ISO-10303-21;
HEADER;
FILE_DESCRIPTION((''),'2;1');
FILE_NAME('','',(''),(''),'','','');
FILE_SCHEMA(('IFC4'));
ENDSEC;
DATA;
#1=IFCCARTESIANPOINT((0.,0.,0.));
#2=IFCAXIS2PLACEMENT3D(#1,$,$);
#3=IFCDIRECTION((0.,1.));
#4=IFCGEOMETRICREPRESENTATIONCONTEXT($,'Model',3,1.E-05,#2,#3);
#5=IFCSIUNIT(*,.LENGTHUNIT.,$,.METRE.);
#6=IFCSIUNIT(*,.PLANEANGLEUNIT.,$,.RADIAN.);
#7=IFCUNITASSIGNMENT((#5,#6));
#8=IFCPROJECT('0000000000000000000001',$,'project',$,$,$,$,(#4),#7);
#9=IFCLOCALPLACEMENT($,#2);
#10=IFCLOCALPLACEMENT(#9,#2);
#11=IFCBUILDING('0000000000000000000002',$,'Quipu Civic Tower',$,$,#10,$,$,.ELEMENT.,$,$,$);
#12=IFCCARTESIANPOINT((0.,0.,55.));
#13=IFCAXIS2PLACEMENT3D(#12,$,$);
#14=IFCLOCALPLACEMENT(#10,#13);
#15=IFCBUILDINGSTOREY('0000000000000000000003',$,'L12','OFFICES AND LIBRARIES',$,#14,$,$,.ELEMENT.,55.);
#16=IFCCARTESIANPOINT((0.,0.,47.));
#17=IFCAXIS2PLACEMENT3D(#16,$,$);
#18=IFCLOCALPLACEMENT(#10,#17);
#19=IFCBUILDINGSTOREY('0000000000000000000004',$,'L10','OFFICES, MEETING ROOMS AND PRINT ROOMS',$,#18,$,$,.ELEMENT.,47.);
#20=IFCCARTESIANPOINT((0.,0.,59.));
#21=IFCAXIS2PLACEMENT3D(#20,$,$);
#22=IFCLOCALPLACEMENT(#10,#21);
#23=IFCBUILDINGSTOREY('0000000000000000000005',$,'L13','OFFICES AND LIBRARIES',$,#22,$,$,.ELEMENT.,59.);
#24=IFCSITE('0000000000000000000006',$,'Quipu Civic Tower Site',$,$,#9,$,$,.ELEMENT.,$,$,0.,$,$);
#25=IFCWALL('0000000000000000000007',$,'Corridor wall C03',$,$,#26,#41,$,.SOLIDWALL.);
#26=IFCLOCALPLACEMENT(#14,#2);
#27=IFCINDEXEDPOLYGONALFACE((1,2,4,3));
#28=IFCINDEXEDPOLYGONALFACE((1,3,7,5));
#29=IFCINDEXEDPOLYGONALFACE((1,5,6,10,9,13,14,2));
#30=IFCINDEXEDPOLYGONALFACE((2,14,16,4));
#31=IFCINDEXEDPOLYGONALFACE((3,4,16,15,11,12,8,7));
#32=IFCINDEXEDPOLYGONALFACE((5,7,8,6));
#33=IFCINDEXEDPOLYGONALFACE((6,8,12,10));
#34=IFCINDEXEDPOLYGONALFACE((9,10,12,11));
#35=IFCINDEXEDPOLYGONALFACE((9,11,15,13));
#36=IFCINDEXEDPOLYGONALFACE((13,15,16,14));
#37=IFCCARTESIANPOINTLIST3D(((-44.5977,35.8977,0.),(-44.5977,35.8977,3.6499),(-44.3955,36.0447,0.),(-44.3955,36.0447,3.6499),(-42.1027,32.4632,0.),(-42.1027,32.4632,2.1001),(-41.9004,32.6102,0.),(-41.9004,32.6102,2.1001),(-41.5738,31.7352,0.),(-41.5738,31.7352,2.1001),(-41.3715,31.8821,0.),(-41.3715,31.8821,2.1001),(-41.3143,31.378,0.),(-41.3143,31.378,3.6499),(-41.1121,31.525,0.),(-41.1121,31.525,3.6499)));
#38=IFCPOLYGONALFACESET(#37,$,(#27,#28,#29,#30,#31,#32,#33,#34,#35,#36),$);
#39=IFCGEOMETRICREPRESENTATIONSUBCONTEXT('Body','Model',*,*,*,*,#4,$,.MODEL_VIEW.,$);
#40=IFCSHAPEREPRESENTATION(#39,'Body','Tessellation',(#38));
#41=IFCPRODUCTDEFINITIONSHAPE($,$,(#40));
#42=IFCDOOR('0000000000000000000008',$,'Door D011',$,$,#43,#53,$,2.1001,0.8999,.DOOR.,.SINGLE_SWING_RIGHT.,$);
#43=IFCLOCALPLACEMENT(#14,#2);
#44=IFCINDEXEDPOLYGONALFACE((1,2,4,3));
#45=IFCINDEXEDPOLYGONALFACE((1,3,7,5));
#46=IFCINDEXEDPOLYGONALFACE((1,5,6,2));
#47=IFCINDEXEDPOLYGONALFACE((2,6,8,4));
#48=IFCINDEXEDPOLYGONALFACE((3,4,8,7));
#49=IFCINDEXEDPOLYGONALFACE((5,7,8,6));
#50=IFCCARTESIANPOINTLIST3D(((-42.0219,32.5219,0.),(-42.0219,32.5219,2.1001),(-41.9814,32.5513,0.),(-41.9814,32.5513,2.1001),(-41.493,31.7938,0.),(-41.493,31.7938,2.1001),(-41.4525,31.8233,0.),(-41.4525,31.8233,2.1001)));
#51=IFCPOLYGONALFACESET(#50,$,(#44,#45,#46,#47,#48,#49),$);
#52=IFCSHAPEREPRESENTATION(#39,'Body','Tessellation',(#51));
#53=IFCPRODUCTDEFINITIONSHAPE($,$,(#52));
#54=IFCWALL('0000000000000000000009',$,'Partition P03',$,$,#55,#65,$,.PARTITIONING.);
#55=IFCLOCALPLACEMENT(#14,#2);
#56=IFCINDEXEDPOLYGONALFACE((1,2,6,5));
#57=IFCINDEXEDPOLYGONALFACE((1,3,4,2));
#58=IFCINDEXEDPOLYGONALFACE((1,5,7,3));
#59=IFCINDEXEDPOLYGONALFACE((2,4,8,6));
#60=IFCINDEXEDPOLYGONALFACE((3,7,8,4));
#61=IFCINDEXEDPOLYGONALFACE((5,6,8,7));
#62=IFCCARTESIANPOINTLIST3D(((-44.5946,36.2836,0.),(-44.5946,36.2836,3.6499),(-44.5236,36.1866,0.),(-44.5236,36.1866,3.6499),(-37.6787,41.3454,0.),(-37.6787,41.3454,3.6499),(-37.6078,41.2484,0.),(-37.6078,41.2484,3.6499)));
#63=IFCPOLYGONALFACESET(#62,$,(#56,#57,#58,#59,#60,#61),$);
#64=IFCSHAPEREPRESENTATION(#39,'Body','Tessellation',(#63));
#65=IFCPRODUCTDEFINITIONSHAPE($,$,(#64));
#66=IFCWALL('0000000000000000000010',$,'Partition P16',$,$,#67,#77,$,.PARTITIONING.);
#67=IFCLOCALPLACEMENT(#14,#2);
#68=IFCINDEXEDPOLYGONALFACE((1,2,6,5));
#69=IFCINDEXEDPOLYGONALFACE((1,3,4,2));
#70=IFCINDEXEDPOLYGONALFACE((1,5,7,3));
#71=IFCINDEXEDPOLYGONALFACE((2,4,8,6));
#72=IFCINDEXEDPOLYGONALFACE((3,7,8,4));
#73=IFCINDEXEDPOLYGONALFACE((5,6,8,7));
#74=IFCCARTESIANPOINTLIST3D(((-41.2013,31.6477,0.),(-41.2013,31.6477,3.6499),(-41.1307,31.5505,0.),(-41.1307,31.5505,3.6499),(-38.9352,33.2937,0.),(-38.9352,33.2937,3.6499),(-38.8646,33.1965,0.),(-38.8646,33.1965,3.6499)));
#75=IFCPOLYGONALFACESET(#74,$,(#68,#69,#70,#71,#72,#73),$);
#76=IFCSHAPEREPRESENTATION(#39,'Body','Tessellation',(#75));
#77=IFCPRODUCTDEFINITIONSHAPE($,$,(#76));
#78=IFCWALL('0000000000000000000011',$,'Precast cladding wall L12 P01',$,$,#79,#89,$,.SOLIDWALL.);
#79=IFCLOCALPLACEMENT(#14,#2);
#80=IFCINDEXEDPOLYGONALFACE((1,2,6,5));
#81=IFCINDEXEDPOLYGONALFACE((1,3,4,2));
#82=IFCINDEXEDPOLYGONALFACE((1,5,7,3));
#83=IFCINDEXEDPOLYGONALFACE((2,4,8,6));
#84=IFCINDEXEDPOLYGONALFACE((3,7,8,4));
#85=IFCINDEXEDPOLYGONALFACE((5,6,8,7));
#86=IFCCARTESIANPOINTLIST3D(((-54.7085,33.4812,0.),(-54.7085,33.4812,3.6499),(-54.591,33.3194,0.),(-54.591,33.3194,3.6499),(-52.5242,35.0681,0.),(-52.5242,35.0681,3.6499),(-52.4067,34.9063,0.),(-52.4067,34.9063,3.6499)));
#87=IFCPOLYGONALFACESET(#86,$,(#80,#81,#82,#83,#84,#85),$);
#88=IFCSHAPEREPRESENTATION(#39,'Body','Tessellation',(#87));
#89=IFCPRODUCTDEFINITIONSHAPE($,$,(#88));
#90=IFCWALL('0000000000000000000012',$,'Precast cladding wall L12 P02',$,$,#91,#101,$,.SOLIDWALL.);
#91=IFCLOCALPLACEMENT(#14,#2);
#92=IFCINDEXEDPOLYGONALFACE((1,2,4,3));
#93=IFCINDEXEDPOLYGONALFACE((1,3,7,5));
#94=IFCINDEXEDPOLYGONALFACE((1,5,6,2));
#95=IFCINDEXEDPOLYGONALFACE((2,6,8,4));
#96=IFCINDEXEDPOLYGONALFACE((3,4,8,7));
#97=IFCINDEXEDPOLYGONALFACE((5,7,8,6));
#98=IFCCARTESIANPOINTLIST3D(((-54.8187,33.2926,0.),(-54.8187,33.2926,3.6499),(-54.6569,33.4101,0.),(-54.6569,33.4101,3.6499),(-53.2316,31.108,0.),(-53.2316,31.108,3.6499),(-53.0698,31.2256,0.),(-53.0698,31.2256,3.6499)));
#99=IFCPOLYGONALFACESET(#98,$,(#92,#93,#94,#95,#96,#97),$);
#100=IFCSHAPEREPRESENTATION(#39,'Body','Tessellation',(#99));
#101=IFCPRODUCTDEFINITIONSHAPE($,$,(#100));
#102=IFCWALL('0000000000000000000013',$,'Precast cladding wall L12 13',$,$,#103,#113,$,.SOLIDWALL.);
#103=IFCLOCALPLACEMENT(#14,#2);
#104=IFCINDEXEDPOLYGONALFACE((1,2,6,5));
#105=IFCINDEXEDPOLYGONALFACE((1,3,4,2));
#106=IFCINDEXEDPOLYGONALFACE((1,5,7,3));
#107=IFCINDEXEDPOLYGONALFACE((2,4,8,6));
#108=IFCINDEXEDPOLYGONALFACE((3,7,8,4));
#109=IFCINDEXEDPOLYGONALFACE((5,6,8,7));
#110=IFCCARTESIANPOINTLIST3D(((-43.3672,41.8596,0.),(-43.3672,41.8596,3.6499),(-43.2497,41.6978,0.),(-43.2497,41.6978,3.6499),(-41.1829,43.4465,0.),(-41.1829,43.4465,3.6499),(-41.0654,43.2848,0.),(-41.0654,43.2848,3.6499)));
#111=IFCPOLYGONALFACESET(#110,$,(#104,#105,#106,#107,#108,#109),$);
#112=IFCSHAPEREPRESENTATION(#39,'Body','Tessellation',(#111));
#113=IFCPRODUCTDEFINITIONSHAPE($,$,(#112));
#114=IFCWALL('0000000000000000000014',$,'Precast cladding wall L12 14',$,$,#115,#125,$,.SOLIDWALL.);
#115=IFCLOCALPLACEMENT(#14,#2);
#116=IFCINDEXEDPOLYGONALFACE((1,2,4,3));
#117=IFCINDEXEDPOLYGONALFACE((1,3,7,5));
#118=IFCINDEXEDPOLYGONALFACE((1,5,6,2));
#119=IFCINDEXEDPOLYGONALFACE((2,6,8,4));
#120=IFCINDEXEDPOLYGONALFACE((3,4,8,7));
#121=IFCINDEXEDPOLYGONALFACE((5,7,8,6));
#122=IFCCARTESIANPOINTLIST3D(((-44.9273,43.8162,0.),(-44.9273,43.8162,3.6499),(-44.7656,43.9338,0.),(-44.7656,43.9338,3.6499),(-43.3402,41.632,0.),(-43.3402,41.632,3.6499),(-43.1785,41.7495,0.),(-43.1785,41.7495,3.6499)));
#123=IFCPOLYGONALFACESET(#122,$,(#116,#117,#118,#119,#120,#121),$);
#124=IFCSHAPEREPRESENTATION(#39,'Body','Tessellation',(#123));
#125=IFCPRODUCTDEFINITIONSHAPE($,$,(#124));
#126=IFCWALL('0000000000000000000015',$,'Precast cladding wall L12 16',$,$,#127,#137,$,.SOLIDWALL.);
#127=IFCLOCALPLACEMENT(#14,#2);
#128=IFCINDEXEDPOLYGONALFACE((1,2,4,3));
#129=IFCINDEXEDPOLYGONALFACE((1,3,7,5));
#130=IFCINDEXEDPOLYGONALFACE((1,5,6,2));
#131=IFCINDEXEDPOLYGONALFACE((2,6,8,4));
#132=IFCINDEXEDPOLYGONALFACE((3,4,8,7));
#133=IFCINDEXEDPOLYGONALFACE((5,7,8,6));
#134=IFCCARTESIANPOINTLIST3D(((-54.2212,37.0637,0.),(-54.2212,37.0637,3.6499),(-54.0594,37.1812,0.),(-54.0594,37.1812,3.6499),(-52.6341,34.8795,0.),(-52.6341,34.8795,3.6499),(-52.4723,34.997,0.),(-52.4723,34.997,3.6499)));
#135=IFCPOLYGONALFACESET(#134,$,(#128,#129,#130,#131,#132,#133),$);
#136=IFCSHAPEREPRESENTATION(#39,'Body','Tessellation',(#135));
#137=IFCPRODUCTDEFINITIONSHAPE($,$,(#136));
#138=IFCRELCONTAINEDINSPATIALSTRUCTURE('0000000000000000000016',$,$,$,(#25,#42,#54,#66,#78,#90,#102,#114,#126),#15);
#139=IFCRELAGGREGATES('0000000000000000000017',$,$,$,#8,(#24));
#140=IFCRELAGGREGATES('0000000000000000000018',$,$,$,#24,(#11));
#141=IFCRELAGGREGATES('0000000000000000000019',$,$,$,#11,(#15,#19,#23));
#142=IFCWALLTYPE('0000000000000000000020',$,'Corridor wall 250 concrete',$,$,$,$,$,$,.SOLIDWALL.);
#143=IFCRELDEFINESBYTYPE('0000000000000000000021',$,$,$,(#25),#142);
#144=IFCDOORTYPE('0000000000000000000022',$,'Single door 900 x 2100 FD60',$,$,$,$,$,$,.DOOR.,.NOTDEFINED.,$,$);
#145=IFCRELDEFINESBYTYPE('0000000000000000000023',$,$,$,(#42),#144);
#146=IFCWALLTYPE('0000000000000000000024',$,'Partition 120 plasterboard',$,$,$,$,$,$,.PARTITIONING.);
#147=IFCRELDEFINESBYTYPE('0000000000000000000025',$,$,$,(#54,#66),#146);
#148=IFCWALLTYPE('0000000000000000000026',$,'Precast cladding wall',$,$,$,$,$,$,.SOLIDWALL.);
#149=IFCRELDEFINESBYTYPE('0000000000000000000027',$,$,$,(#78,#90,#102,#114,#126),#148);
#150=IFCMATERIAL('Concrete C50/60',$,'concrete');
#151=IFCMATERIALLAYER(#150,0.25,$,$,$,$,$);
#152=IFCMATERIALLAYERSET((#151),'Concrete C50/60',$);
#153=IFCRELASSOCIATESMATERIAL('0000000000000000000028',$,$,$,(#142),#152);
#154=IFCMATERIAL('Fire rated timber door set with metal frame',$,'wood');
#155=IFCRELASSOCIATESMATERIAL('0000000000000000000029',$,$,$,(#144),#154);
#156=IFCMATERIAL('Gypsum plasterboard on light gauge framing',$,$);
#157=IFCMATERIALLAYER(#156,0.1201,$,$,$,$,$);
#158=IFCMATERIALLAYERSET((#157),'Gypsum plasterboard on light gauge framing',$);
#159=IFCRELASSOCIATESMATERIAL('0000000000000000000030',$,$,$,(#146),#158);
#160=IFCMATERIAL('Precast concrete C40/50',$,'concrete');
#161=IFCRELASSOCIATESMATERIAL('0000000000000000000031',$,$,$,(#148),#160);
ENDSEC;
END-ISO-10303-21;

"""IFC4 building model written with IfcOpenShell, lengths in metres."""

from ifc_helpers import new_model, si_unit, direction, frame, frame_2d, origin, place, context, subcontext, project, spatial, rectangle, extrude, material, layer, layer_set, type_object, element, fill, save


model = new_model("IFC4")

# Units and contexts
model_context = context("Model", 3, precision=1e-05, world=origin(), true_north=direction((0.0, 1.0)))
body_context = subcontext(model_context, "Body", "Model", "MODEL_VIEW")
ifc_project = project(units=[si_unit("LENGTHUNIT", "METRE"), si_unit("PLANEANGLEUNIT", "RADIAN")], contexts=[model_context])

# Site, building, storey
site_placement = place(None, origin())
site = spatial("IfcSite", under=ifc_project, at=site_placement, Name="Quipu Civic Tower Site", CompositionType="ELEMENT", RefElevation=0.0)
building_placement = place(site_placement, origin())
building = spatial("IfcBuilding", under=site, at=building_placement, Name="Quipu Civic Tower", CompositionType="ELEMENT")
storey_1_placement = place(building_placement, frame((0.0, 0.0, 55.0)))
storey_1 = spatial("IfcBuildingStorey", under=building, at=storey_1_placement, Name="L12", Description="OFFICES AND LIBRARIES", CompositionType="ELEMENT", Elevation=55.0)

# Shared definitions
storey_2_placement = place(building_placement, frame((0.0, 0.0, 47.0)))
storey_2 = spatial("IfcBuildingStorey", under=building, at=storey_2_placement, Name="L10", Description="OFFICES, MEETING ROOMS AND PRINT ROOMS", CompositionType="ELEMENT", Elevation=47.0)

# Shared definitions
storey_3_placement = place(building_placement, frame((0.0, 0.0, 59.0)))
storey_3 = spatial("IfcBuildingStorey", under=building, at=storey_3_placement, Name="L13", Description="OFFICES AND LIBRARIES", CompositionType="ELEMENT", Elevation=59.0)

# Wall, opening, door
ifc_material_1 = material(Name="Concrete C50/60", Category="concrete")
ifc_layer_1 = layer(ifc_material_1, 0.25)
ifc_layer_set_1 = layer_set([ifc_layer_1], Name="Concrete C50/60")
wall_type_1 = type_object("IfcWallType", Name="Corridor wall 250 concrete", PredefinedType="SOLIDWALL", material=ifc_layer_set_1)
wall_1_placement = place(storey_1_placement, frame((-44.4966, 35.9712, 0.0), z_axis=(0.0, 0.0, 1.0), x_axis=(0.587743, -0.809048, 0.0)))
wall_1 = element("IfcWall", 1, at=wall_1_placement, inside=storey_1, type_object=wall_type_1, Name="Corridor wall C03", PredefinedType="SOLIDWALL", context=body_context, shape_type="SweptSolid", body=[
    extrude(rectangle(XDim=5.5864, YDim=0.25, at=frame_2d((2.7932, 0.0))), origin(), (0.0, 0.0, 1.0), 3.6499),
])
opening_1_placement = place(wall_1_placement, frame((4.2451, 0.0, 0.0)))
opening_1 = element("IfcOpeningElement", 2, at=opening_1_placement, cuts=wall_1, PredefinedType="OPENING", context=body_context, shape_type="SweptSolid", body=[
    extrude(rectangle(XDim=0.8999, YDim=2.1001, at=frame_2d((0.45, 1.05))), frame((0.0, 0.135, 0.0), z_axis=(0.0, -1.0, 0.0), x_axis=(1.0, 0.0, 0.0)), (0.0, 0.0, 1.0), 0.27),
])
ifc_material_2 = material(Name="Fire rated timber door set with metal frame", Category="wood")
door_type_1 = type_object("IfcDoorType", Name="Single door 900 x 2100 FD60", OperationType="NOTDEFINED", PredefinedType="DOOR", material=ifc_material_2)
door_1_placement = place(opening_1_placement, origin())
door_1 = element("IfcDoor", 3, at=door_1_placement, inside=storey_1, type_object=door_type_1, Name="Door D011", OperationType="SINGLE_SWING_RIGHT", OverallHeight=2.1001, OverallWidth=0.8999, PredefinedType="DOOR", context=body_context, shape_type="SweptSolid", body=[
    extrude(rectangle(XDim=0.8999, YDim=2.1001, at=frame_2d((0.45, 1.05))), frame((0.0, 0.0249, 0.0), z_axis=(0.0, -1.0, 0.0), x_axis=(1.0, 0.0, 0.0)), (0.0, 0.0, 1.0), 0.05),
])
fill(opening_1, door_1)

# Walls
ifc_material_3 = material(Name="Gypsum plasterboard on light gauge framing")
ifc_layer_2 = layer(ifc_material_3, 0.1201)
ifc_layer_set_2 = layer_set([ifc_layer_2], Name="Gypsum plasterboard on light gauge framing")
wall_type_2 = type_object("IfcWallType", Name="Partition 120 plasterboard", PredefinedType="PARTITIONING", material=ifc_layer_set_2)
wall_2_placement = place(storey_1_placement, frame((-44.5591, 36.2351, 0.0), z_axis=(0.0, 0.0, 1.0), x_axis=(0.80695, 0.59062, 0.0)))
element("IfcWall", 4, at=wall_2_placement, inside=storey_1, type_object=wall_type_2, Name="Partition P03", PredefinedType="PARTITIONING", context=body_context, shape_type="SweptSolid", body=[
    extrude(rectangle(XDim=8.5703, YDim=0.1201, at=frame_2d((4.2852, 0.0))), origin(), (0.0, 0.0, 1.0), 3.6499),
])
wall_3_placement = place(storey_1_placement, frame((-41.166, 31.5991, 0.0), z_axis=(0.0, 0.0, 1.0), x_axis=(0.80909, 0.587684, 0.0)))
element("IfcWall", 5, at=wall_3_placement, inside=storey_1, type_object=wall_type_2, Name="Partition P16", PredefinedType="PARTITIONING", context=body_context, shape_type="SweptSolid", body=[
    extrude(rectangle(XDim=2.8008, YDim=0.1201, at=frame_2d((1.4004, 0.0))), origin(), (0.0, 0.0, 1.0), 3.6499),
])
ifc_material_4 = material(Name="Precast concrete C40/50", Category="concrete")
wall_type_3 = type_object("IfcWallType", Name="Precast cladding wall", PredefinedType="SOLIDWALL", material=ifc_material_4)
wall_4_placement = place(storey_1_placement, frame((-52.4653, 34.9873, 0.0), z_axis=(0.0, 0.0, 1.0), x_axis=(-0.809033, -0.587763, 0.0)))
element("IfcWall", 6, at=wall_4_placement, inside=storey_1, type_object=wall_type_3, Name="Precast cladding wall L12 P01", PredefinedType="SOLIDWALL", context=body_context, shape_type="SweptSolid", body=[
    extrude(rectangle(XDim=2.7, YDim=0.2, at=frame_2d((1.3501, 0.0))), origin(), (0.0, 0.0, 1.0), 3.6499),
])
wall_5_placement = place(storey_1_placement, frame((-54.7378, 33.3513, 0.0), z_axis=(0.0, 0.0, 1.0), x_axis=(0.587779, -0.809021, 0.0)))
element("IfcWall", 7, at=wall_5_placement, inside=storey_1, type_object=wall_type_3, Name="Precast cladding wall L12 P02", PredefinedType="SOLIDWALL", context=body_context, shape_type="SweptSolid", body=[
    extrude(rectangle(XDim=2.7002, YDim=0.2, at=frame_2d((1.3501, 0.0))), origin(), (0.0, 0.0, 1.0), 3.6499),
])
for number, where, z_axis, x_axis, name in (
    (8, (-41.124, 43.3657, 0.0), (0.0, 0.0, 1.0), (-0.809033, -0.587763, 0.0), "Precast cladding wall L12 13"),
    (9, (-43.2593, 41.6907, 0.0), (0.0, 0.0, 1.0), (-0.587822, 0.80899, 0.0), "Precast cladding wall L12 14"),
    (10, (-54.1404, 37.1226, 0.0), (0.0, 0.0, 1.0), (0.587822, -0.80899, 0.0), "Precast cladding wall L12 16"),
):
    element("IfcWall", number, at=place(storey_1_placement, frame(where, z_axis=z_axis, x_axis=x_axis)), inside=storey_1, type_object=wall_type_3, Name=name, PredefinedType="SOLIDWALL", context=body_context, shape_type="SweptSolid", body=[
        extrude(rectangle(XDim=2.7, YDim=0.2, at=frame_2d((1.3501, 0.0))), origin(), (0.0, 0.0, 1.0), 3.6499),
    ])

save(model, "model.ifc")
